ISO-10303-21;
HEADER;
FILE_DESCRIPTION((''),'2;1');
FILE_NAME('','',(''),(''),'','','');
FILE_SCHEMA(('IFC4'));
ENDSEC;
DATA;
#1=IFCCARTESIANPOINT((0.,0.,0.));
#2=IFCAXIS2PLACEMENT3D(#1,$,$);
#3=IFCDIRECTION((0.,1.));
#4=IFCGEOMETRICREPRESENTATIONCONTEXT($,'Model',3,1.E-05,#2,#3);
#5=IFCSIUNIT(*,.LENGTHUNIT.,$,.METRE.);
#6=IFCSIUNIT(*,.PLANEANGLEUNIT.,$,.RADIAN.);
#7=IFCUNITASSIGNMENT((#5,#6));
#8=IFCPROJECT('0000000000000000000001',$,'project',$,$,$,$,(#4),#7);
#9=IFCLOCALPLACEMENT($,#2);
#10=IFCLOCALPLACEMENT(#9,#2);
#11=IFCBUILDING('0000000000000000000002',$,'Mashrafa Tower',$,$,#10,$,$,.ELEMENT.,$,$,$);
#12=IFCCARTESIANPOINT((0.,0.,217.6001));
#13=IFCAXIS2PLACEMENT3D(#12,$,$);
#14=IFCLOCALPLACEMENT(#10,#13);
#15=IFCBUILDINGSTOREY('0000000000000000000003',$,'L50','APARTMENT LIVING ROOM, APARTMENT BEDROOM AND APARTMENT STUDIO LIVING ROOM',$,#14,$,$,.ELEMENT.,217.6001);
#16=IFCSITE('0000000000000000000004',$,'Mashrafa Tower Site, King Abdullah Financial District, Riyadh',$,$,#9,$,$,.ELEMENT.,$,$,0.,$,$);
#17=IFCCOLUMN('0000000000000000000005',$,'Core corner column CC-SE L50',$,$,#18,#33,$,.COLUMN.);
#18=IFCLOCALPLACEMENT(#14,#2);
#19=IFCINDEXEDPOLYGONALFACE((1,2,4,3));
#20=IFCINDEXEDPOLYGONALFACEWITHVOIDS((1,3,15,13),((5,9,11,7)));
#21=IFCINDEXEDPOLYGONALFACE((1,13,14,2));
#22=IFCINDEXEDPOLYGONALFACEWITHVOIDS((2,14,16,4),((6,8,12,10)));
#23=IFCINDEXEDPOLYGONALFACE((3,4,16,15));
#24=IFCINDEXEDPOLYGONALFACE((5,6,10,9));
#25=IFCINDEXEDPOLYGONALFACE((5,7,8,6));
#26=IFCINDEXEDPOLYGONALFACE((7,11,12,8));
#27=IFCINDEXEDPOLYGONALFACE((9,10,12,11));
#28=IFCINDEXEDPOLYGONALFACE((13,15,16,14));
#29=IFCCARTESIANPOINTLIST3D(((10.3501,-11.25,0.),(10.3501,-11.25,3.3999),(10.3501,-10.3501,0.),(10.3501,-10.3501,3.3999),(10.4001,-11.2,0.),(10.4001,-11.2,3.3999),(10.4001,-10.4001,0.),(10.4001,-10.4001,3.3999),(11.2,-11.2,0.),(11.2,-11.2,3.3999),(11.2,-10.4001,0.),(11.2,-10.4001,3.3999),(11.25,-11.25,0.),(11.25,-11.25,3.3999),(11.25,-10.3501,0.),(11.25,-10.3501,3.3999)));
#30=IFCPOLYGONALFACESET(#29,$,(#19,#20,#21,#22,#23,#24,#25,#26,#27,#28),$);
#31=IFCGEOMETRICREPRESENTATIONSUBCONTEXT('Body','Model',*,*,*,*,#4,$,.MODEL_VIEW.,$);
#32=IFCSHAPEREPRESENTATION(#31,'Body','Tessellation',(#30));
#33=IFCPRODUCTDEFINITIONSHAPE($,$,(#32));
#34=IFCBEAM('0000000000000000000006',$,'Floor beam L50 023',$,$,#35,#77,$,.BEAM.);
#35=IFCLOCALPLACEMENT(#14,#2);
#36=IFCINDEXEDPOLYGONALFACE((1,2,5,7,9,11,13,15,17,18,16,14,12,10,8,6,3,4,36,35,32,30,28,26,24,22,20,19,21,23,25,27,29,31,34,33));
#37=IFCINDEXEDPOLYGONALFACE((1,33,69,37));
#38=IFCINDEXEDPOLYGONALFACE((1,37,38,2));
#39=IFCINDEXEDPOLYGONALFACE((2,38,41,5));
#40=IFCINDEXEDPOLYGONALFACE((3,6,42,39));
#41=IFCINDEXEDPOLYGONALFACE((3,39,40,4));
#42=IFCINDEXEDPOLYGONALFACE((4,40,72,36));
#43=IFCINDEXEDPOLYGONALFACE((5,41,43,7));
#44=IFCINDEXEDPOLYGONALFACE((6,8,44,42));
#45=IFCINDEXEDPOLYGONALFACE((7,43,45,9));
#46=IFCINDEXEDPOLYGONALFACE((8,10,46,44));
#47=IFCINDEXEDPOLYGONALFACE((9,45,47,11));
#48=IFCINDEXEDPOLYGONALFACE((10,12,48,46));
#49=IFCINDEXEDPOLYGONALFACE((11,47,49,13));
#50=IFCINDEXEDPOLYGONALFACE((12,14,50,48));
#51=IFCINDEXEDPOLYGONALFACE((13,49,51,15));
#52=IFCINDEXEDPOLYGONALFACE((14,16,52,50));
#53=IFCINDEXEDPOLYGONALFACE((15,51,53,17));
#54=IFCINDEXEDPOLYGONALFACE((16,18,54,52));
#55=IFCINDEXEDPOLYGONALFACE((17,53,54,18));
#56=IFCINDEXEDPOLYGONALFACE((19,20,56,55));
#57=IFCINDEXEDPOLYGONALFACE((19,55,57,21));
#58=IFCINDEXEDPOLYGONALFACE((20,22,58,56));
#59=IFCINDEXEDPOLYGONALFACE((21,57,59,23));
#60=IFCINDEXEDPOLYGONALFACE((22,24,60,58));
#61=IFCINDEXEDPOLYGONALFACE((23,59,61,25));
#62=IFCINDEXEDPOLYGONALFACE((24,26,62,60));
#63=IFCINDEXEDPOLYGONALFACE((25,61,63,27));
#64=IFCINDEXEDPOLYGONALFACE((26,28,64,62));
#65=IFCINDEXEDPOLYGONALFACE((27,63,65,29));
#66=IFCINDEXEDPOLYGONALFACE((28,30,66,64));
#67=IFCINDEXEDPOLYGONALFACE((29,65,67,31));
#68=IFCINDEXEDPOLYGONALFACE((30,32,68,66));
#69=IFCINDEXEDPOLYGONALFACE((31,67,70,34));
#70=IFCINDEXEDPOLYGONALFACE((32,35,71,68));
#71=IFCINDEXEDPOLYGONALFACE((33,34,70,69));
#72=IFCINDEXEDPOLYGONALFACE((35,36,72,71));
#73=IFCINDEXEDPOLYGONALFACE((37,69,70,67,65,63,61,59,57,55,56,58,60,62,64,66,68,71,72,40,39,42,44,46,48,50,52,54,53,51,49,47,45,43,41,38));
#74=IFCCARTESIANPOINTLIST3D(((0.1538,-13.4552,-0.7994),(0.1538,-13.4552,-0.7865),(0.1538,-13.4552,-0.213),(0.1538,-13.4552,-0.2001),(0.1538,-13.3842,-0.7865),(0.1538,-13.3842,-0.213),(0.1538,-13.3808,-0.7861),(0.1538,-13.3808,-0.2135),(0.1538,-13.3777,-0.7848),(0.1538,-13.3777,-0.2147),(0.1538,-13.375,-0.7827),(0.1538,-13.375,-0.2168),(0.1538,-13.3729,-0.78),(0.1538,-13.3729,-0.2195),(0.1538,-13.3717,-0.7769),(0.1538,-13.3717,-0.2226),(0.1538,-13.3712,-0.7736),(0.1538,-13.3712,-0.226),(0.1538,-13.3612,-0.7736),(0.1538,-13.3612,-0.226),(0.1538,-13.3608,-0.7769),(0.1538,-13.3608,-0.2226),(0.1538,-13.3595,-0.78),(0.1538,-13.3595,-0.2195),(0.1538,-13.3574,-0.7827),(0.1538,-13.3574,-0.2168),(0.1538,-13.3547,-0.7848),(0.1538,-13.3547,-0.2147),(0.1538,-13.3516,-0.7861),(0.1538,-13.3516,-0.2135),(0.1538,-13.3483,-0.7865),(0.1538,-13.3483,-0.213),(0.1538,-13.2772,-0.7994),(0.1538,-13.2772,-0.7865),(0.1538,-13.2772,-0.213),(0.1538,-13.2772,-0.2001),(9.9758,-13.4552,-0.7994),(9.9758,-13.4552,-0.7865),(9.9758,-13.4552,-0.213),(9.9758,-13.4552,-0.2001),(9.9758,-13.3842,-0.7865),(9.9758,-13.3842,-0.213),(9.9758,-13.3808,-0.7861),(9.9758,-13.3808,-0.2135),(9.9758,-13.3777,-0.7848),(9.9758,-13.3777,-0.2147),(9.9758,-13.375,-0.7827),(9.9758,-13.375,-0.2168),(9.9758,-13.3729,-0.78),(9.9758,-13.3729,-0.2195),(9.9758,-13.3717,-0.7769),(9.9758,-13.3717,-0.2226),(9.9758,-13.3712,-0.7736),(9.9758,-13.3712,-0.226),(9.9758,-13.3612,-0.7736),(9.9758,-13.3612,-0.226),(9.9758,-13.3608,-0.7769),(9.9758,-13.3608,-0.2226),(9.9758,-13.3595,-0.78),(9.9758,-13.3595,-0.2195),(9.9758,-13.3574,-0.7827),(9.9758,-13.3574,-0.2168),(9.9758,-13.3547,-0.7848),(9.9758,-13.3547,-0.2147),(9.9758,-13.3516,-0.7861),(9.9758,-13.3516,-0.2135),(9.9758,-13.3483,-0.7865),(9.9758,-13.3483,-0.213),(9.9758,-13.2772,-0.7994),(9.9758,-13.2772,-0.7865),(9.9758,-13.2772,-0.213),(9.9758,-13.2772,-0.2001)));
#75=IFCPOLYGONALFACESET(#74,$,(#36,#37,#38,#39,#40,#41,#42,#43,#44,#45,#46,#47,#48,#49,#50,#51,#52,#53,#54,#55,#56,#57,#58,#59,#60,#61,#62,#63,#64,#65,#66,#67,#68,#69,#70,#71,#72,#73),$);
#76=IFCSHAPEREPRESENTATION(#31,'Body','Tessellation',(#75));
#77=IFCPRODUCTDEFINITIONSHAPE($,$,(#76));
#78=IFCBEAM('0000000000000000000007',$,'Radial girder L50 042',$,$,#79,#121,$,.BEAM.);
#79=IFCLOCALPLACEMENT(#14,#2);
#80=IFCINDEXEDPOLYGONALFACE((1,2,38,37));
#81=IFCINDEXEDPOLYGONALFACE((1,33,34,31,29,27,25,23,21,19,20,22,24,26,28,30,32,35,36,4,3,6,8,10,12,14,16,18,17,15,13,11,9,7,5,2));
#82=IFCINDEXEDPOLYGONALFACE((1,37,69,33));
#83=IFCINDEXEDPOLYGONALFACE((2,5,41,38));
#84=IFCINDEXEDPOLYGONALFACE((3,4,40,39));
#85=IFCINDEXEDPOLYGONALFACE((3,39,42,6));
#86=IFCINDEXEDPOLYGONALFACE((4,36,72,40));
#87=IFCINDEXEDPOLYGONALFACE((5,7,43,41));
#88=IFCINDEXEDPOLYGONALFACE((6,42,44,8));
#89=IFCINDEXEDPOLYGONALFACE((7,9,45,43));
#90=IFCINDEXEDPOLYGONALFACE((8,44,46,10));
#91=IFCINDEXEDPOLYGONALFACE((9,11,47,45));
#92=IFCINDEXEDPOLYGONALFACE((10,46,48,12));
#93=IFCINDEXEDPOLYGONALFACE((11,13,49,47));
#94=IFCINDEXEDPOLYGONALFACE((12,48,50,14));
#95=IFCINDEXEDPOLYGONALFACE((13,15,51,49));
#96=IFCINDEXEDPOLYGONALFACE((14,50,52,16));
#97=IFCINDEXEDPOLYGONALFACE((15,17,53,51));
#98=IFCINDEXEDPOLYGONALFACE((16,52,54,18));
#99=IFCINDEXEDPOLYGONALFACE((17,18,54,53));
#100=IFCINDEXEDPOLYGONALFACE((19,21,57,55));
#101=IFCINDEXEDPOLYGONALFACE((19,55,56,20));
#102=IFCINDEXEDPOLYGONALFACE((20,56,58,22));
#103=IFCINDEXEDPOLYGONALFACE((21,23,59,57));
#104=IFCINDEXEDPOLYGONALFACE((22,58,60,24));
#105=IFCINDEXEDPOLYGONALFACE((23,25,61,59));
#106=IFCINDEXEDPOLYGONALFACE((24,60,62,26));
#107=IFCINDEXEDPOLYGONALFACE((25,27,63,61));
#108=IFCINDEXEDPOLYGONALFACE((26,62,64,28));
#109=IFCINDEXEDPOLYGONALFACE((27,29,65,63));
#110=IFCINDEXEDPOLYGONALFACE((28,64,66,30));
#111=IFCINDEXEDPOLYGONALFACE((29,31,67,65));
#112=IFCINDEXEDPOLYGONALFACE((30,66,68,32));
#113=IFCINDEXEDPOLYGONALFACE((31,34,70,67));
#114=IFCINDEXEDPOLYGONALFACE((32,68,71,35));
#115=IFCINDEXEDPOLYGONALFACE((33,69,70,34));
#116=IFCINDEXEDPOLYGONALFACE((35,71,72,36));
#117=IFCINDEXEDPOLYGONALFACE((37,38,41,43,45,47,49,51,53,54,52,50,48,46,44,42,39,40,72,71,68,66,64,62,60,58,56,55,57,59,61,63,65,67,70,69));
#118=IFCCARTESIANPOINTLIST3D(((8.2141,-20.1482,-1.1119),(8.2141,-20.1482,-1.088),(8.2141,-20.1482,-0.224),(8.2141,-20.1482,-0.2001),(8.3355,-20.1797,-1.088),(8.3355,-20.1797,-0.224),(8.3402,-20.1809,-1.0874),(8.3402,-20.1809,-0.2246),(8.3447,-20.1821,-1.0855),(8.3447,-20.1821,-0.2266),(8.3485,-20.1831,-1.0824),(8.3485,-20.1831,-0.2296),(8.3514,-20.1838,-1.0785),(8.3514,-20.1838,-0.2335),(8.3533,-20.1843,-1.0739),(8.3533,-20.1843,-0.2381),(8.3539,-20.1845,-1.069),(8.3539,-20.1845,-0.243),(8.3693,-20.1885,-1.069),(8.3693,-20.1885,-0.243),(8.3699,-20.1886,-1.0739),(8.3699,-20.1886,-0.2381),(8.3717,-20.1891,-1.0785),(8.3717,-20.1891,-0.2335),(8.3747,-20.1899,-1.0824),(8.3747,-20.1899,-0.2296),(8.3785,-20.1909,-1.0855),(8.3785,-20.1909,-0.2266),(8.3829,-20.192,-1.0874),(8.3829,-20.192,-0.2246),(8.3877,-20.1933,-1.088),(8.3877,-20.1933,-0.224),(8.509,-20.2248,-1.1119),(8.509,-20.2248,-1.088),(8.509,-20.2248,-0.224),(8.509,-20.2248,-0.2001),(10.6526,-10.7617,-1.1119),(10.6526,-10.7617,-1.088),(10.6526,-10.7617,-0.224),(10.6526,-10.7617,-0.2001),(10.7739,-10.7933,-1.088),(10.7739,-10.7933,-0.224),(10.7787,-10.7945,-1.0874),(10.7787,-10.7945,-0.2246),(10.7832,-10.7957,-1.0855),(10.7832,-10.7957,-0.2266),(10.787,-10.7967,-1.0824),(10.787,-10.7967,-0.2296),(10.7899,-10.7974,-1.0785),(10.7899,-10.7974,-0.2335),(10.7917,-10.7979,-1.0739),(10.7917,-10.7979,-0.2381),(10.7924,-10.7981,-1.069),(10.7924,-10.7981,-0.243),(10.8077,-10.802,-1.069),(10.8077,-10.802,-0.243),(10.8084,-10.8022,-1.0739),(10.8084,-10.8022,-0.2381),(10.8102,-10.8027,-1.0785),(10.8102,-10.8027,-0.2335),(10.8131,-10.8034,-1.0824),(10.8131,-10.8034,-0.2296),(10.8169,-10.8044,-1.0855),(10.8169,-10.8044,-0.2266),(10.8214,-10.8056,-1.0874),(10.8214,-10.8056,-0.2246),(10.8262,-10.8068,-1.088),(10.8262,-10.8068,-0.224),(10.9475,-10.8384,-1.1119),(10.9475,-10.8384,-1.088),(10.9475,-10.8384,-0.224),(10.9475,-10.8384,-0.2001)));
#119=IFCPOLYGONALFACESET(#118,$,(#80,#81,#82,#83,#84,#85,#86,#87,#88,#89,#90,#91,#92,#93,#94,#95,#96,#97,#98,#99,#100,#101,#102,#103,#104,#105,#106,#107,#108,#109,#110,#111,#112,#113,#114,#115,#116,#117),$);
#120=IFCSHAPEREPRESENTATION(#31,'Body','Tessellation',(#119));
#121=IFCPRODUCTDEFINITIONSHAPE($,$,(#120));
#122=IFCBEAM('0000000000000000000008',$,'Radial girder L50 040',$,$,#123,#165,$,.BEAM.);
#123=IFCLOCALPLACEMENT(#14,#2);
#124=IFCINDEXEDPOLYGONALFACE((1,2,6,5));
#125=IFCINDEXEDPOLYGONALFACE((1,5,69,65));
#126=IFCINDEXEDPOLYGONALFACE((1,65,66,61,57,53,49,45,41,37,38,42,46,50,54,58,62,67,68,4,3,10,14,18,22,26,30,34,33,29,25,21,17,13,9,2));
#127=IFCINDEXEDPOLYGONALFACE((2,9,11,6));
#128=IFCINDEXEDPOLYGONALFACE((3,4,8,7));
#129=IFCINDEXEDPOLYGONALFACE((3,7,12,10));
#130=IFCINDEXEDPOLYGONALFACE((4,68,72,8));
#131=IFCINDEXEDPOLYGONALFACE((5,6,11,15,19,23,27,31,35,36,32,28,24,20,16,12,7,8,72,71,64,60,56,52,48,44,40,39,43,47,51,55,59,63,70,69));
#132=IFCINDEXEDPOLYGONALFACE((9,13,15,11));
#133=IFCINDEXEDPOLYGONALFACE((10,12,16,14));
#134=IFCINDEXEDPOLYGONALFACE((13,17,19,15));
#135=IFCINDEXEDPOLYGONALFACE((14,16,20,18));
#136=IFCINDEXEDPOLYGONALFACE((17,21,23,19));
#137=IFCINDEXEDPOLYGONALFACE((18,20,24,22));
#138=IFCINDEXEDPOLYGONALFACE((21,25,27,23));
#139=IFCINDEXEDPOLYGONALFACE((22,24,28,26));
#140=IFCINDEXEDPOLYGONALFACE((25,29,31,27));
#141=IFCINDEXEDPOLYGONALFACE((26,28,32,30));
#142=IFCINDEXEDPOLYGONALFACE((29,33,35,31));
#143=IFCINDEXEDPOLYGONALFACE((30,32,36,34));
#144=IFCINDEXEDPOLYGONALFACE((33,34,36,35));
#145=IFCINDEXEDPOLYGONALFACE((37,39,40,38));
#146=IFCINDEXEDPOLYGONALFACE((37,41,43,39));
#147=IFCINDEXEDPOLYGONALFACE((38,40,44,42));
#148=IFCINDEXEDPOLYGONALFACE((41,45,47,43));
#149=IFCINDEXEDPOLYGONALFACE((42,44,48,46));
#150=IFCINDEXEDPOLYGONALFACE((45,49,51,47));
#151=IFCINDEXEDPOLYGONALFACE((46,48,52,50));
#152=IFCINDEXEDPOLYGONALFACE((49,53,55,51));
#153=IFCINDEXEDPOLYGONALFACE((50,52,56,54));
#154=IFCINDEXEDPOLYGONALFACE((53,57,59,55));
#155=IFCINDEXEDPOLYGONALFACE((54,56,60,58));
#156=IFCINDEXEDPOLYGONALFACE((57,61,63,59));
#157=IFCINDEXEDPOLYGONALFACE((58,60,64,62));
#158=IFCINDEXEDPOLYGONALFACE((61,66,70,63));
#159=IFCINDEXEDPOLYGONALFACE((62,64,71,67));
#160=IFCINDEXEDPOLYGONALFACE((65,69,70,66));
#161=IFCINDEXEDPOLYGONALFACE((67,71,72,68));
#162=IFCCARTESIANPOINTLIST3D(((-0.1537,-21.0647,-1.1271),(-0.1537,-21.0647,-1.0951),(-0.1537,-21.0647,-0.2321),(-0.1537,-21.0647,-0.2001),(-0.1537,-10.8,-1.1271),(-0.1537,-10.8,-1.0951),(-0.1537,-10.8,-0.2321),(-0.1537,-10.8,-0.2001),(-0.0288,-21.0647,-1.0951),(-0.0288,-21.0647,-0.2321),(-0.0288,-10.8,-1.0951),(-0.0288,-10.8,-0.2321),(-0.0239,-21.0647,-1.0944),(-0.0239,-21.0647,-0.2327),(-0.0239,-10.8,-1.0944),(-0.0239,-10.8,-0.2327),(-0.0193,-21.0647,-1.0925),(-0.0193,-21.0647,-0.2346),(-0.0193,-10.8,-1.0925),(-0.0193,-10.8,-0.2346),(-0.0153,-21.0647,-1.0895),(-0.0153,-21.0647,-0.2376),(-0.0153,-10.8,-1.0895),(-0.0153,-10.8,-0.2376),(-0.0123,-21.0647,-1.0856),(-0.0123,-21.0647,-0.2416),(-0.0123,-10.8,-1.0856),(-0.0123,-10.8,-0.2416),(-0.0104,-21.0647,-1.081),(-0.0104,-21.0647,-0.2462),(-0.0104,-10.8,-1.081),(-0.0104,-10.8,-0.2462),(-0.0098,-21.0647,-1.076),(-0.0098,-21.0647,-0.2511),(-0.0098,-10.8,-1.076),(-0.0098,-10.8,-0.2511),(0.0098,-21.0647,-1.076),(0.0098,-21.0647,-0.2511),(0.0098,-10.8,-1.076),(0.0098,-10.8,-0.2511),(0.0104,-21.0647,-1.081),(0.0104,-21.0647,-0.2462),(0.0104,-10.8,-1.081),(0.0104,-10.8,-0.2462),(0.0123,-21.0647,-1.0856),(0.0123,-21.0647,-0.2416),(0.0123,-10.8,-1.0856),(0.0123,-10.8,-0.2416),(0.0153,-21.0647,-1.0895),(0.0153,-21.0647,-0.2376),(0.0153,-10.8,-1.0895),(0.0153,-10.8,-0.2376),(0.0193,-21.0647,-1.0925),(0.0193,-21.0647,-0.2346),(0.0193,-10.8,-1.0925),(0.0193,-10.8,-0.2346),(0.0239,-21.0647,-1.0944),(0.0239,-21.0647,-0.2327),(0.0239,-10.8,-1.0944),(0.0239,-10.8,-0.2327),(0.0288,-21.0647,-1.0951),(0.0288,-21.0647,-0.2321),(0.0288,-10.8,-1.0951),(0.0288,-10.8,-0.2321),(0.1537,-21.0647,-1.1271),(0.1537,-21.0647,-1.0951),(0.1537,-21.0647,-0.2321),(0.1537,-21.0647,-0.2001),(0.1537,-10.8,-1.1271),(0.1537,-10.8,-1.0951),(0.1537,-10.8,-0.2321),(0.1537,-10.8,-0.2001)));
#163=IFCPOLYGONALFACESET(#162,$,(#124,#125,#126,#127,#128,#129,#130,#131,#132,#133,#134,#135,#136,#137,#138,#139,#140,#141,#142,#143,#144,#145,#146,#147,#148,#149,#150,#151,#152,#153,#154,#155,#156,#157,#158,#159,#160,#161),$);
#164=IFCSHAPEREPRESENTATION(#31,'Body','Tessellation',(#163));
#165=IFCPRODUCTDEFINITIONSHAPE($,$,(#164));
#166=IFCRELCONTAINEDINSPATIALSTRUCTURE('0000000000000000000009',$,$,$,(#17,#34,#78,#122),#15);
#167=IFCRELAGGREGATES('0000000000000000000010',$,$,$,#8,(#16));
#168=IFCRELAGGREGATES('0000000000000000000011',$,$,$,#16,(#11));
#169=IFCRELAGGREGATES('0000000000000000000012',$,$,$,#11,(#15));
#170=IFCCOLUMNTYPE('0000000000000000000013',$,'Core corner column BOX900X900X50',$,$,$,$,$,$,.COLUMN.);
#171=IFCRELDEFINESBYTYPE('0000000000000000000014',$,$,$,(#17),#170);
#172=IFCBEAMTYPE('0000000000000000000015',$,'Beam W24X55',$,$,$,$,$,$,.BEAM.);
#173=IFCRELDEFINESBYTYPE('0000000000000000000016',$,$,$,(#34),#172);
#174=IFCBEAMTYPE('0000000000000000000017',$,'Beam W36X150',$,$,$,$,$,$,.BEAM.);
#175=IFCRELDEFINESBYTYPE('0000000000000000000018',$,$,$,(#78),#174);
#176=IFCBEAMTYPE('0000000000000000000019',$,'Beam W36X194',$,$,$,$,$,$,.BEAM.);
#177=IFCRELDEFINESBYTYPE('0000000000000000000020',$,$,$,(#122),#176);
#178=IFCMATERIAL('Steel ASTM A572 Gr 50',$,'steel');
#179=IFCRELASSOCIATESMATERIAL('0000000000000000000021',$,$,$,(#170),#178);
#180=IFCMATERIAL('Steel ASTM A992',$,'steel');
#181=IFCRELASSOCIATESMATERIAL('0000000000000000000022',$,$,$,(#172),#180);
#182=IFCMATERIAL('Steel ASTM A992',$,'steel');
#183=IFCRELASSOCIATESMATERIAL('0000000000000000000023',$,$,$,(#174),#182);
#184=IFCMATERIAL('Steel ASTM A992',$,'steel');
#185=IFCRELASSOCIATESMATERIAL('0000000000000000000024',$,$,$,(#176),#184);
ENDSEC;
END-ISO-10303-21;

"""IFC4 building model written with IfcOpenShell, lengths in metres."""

from ifc_helpers import new_model, si_unit, direction, frame, origin, origin_2d, place, context, subcontext, project, spatial, hollow_rectangle, i_section, extrude, material, material_profile, profile_set, type_object, element, save


model = new_model("IFC4")

# Units and contexts
model_context = context("Model", 3, precision=1e-05, world=origin(), true_north=direction((0.0, 1.0)))
body_context = subcontext(model_context, "Body", "Model", "MODEL_VIEW")
ifc_project = project(units=[si_unit("LENGTHUNIT", "METRE"), si_unit("PLANEANGLEUNIT", "RADIAN")], contexts=[model_context])

# Site, building, storey
site_placement = place(None, origin())
site = spatial("IfcSite", under=ifc_project, at=site_placement, Name="Mashrafa Tower Site, King Abdullah Financial District, Riyadh", CompositionType="ELEMENT", RefElevation=0.0)
building_placement = place(site_placement, origin())
building = spatial("IfcBuilding", under=site, at=building_placement, Name="Mashrafa Tower", CompositionType="ELEMENT")
storey_placement = place(building_placement, frame((0.0, 0.0, 217.6001)))
storey = spatial("IfcBuildingStorey", under=building, at=storey_placement, Name="L50", Description="APARTMENT LIVING ROOM, APARTMENT BEDROOM AND APARTMENT STUDIO LIVING ROOM", CompositionType="ELEMENT", Elevation=217.6001)

# Column
ifc_material_1 = material(Name="Steel ASTM A572 Gr 50", Category="steel")
ifc_material_profile_1 = material_profile(ifc_material_1, hollow_rectangle(XDim=0.8999, YDim=0.8999, WallThickness=0.05, at=origin_2d()), Name="BOX900X900X50")
ifc_profile_set_1 = profile_set([ifc_material_profile_1], Name="Steel ASTM A572 Gr 50")
column_type = type_object("IfcColumnType", Name="Core corner column BOX900X900X50", PredefinedType="COLUMN", material=ifc_profile_set_1)
column_placement = place(storey_placement, frame((10.8, -10.8, 0.0), z_axis=(0.0, 0.0, 1.0), x_axis=(1.0, 0.0, 0.0)))
element("IfcColumn", 1, at=column_placement, inside=storey, type_object=column_type, Name="Core corner column CC-SE L50", PredefinedType="COLUMN", context=body_context, shape_type="SweptSolid", body=[
    extrude(hollow_rectangle(XDim=0.8999, YDim=0.8999, WallThickness=0.05, at=origin_2d()), origin(), (0.0, 0.0, 1.0), 3.3999),
])

# Beams
ifc_material_2 = material(Name="Steel ASTM A992", Category="steel")
ifc_material_profile_2 = material_profile(ifc_material_2, i_section(OverallWidth=0.178, OverallDepth=0.5994, WebThickness=0.01, FlangeThickness=0.0129, FilletRadius=0.0129, at=origin_2d()), Name="W24X55")
ifc_profile_set_2 = profile_set([ifc_material_profile_2], Name="Steel ASTM A992")
beam_type_1 = type_object("IfcBeamType", Name="Beam W24X55", PredefinedType="BEAM", material=ifc_profile_set_2)
beam_1_placement = place(storey_placement, frame((9.9758, -13.3662, -0.4998), z_axis=(-1.0, 0.0, 0.0), x_axis=(0.0, -1.0, 0.0)))
element("IfcBeam", 2, at=beam_1_placement, inside=storey, type_object=beam_type_1, Name="Floor beam L50 023", PredefinedType="BEAM", context=body_context, shape_type="SweptSolid", body=[
    extrude(i_section(OverallWidth=0.178, OverallDepth=0.5994, WebThickness=0.01, FlangeThickness=0.0129, FilletRadius=0.0129, at=origin_2d()), origin(), (0.0, 0.0, 1.0), 9.822),
])
ifc_material_3 = material(Name="Steel ASTM A992", Category="steel")
ifc_material_profile_3 = material_profile(ifc_material_3, i_section(OverallWidth=0.3047, OverallDepth=0.9119, WebThickness=0.0159, FlangeThickness=0.0239, FilletRadius=0.019, at=origin_2d()), Name="W36X150")
ifc_profile_set_3 = profile_set([ifc_material_profile_3], Name="Steel ASTM A992")
beam_type_2 = type_object("IfcBeamType", Name="Beam W36X150", PredefinedType="BEAM", material=ifc_profile_set_3)
beam_2_placement = place(storey_placement, frame((10.8, -10.8, -0.656), z_axis=(-0.25144, -0.967873, 0.0), x_axis=(0.967873, -0.25144, 0.0)))
element("IfcBeam", 3, at=beam_2_placement, inside=storey, type_object=beam_type_2, Name="Radial girder L50 042", PredefinedType="BEAM", context=body_context, shape_type="SweptSolid", body=[
    extrude(i_section(OverallWidth=0.3047, OverallDepth=0.9119, WebThickness=0.0159, FlangeThickness=0.0239, FilletRadius=0.019, at=origin_2d()), origin(), (0.0, 0.0, 1.0), 9.698),
])
ifc_material_4 = material(Name="Steel ASTM A992", Category="steel")
ifc_material_profile_4 = material_profile(ifc_material_4, i_section(OverallWidth=0.3074, OverallDepth=0.927, WebThickness=0.0195, FlangeThickness=0.032, FilletRadius=0.019, at=origin_2d()), Name="W36X194")
ifc_profile_set_4 = profile_set([ifc_material_profile_4], Name="Steel ASTM A992")
beam_type_3 = type_object("IfcBeamType", Name="Beam W36X194", PredefinedType="BEAM", material=ifc_profile_set_4)
beam_3_placement = place(storey_placement, frame((0.0, -10.8, -0.6636), z_axis=(0.0, -1.0, 0.0), x_axis=(1.0, 0.0, 0.0)))
element("IfcBeam", 4, at=beam_3_placement, inside=storey, type_object=beam_type_3, Name="Radial girder L50 040", PredefinedType="BEAM", context=body_context, shape_type="SweptSolid", body=[
    extrude(i_section(OverallWidth=0.3074, OverallDepth=0.927, WebThickness=0.0195, FlangeThickness=0.032, FilletRadius=0.019, at=origin_2d()), origin(), (0.0, 0.0, 1.0), 10.2646),
])

save(model, "model.ifc")
